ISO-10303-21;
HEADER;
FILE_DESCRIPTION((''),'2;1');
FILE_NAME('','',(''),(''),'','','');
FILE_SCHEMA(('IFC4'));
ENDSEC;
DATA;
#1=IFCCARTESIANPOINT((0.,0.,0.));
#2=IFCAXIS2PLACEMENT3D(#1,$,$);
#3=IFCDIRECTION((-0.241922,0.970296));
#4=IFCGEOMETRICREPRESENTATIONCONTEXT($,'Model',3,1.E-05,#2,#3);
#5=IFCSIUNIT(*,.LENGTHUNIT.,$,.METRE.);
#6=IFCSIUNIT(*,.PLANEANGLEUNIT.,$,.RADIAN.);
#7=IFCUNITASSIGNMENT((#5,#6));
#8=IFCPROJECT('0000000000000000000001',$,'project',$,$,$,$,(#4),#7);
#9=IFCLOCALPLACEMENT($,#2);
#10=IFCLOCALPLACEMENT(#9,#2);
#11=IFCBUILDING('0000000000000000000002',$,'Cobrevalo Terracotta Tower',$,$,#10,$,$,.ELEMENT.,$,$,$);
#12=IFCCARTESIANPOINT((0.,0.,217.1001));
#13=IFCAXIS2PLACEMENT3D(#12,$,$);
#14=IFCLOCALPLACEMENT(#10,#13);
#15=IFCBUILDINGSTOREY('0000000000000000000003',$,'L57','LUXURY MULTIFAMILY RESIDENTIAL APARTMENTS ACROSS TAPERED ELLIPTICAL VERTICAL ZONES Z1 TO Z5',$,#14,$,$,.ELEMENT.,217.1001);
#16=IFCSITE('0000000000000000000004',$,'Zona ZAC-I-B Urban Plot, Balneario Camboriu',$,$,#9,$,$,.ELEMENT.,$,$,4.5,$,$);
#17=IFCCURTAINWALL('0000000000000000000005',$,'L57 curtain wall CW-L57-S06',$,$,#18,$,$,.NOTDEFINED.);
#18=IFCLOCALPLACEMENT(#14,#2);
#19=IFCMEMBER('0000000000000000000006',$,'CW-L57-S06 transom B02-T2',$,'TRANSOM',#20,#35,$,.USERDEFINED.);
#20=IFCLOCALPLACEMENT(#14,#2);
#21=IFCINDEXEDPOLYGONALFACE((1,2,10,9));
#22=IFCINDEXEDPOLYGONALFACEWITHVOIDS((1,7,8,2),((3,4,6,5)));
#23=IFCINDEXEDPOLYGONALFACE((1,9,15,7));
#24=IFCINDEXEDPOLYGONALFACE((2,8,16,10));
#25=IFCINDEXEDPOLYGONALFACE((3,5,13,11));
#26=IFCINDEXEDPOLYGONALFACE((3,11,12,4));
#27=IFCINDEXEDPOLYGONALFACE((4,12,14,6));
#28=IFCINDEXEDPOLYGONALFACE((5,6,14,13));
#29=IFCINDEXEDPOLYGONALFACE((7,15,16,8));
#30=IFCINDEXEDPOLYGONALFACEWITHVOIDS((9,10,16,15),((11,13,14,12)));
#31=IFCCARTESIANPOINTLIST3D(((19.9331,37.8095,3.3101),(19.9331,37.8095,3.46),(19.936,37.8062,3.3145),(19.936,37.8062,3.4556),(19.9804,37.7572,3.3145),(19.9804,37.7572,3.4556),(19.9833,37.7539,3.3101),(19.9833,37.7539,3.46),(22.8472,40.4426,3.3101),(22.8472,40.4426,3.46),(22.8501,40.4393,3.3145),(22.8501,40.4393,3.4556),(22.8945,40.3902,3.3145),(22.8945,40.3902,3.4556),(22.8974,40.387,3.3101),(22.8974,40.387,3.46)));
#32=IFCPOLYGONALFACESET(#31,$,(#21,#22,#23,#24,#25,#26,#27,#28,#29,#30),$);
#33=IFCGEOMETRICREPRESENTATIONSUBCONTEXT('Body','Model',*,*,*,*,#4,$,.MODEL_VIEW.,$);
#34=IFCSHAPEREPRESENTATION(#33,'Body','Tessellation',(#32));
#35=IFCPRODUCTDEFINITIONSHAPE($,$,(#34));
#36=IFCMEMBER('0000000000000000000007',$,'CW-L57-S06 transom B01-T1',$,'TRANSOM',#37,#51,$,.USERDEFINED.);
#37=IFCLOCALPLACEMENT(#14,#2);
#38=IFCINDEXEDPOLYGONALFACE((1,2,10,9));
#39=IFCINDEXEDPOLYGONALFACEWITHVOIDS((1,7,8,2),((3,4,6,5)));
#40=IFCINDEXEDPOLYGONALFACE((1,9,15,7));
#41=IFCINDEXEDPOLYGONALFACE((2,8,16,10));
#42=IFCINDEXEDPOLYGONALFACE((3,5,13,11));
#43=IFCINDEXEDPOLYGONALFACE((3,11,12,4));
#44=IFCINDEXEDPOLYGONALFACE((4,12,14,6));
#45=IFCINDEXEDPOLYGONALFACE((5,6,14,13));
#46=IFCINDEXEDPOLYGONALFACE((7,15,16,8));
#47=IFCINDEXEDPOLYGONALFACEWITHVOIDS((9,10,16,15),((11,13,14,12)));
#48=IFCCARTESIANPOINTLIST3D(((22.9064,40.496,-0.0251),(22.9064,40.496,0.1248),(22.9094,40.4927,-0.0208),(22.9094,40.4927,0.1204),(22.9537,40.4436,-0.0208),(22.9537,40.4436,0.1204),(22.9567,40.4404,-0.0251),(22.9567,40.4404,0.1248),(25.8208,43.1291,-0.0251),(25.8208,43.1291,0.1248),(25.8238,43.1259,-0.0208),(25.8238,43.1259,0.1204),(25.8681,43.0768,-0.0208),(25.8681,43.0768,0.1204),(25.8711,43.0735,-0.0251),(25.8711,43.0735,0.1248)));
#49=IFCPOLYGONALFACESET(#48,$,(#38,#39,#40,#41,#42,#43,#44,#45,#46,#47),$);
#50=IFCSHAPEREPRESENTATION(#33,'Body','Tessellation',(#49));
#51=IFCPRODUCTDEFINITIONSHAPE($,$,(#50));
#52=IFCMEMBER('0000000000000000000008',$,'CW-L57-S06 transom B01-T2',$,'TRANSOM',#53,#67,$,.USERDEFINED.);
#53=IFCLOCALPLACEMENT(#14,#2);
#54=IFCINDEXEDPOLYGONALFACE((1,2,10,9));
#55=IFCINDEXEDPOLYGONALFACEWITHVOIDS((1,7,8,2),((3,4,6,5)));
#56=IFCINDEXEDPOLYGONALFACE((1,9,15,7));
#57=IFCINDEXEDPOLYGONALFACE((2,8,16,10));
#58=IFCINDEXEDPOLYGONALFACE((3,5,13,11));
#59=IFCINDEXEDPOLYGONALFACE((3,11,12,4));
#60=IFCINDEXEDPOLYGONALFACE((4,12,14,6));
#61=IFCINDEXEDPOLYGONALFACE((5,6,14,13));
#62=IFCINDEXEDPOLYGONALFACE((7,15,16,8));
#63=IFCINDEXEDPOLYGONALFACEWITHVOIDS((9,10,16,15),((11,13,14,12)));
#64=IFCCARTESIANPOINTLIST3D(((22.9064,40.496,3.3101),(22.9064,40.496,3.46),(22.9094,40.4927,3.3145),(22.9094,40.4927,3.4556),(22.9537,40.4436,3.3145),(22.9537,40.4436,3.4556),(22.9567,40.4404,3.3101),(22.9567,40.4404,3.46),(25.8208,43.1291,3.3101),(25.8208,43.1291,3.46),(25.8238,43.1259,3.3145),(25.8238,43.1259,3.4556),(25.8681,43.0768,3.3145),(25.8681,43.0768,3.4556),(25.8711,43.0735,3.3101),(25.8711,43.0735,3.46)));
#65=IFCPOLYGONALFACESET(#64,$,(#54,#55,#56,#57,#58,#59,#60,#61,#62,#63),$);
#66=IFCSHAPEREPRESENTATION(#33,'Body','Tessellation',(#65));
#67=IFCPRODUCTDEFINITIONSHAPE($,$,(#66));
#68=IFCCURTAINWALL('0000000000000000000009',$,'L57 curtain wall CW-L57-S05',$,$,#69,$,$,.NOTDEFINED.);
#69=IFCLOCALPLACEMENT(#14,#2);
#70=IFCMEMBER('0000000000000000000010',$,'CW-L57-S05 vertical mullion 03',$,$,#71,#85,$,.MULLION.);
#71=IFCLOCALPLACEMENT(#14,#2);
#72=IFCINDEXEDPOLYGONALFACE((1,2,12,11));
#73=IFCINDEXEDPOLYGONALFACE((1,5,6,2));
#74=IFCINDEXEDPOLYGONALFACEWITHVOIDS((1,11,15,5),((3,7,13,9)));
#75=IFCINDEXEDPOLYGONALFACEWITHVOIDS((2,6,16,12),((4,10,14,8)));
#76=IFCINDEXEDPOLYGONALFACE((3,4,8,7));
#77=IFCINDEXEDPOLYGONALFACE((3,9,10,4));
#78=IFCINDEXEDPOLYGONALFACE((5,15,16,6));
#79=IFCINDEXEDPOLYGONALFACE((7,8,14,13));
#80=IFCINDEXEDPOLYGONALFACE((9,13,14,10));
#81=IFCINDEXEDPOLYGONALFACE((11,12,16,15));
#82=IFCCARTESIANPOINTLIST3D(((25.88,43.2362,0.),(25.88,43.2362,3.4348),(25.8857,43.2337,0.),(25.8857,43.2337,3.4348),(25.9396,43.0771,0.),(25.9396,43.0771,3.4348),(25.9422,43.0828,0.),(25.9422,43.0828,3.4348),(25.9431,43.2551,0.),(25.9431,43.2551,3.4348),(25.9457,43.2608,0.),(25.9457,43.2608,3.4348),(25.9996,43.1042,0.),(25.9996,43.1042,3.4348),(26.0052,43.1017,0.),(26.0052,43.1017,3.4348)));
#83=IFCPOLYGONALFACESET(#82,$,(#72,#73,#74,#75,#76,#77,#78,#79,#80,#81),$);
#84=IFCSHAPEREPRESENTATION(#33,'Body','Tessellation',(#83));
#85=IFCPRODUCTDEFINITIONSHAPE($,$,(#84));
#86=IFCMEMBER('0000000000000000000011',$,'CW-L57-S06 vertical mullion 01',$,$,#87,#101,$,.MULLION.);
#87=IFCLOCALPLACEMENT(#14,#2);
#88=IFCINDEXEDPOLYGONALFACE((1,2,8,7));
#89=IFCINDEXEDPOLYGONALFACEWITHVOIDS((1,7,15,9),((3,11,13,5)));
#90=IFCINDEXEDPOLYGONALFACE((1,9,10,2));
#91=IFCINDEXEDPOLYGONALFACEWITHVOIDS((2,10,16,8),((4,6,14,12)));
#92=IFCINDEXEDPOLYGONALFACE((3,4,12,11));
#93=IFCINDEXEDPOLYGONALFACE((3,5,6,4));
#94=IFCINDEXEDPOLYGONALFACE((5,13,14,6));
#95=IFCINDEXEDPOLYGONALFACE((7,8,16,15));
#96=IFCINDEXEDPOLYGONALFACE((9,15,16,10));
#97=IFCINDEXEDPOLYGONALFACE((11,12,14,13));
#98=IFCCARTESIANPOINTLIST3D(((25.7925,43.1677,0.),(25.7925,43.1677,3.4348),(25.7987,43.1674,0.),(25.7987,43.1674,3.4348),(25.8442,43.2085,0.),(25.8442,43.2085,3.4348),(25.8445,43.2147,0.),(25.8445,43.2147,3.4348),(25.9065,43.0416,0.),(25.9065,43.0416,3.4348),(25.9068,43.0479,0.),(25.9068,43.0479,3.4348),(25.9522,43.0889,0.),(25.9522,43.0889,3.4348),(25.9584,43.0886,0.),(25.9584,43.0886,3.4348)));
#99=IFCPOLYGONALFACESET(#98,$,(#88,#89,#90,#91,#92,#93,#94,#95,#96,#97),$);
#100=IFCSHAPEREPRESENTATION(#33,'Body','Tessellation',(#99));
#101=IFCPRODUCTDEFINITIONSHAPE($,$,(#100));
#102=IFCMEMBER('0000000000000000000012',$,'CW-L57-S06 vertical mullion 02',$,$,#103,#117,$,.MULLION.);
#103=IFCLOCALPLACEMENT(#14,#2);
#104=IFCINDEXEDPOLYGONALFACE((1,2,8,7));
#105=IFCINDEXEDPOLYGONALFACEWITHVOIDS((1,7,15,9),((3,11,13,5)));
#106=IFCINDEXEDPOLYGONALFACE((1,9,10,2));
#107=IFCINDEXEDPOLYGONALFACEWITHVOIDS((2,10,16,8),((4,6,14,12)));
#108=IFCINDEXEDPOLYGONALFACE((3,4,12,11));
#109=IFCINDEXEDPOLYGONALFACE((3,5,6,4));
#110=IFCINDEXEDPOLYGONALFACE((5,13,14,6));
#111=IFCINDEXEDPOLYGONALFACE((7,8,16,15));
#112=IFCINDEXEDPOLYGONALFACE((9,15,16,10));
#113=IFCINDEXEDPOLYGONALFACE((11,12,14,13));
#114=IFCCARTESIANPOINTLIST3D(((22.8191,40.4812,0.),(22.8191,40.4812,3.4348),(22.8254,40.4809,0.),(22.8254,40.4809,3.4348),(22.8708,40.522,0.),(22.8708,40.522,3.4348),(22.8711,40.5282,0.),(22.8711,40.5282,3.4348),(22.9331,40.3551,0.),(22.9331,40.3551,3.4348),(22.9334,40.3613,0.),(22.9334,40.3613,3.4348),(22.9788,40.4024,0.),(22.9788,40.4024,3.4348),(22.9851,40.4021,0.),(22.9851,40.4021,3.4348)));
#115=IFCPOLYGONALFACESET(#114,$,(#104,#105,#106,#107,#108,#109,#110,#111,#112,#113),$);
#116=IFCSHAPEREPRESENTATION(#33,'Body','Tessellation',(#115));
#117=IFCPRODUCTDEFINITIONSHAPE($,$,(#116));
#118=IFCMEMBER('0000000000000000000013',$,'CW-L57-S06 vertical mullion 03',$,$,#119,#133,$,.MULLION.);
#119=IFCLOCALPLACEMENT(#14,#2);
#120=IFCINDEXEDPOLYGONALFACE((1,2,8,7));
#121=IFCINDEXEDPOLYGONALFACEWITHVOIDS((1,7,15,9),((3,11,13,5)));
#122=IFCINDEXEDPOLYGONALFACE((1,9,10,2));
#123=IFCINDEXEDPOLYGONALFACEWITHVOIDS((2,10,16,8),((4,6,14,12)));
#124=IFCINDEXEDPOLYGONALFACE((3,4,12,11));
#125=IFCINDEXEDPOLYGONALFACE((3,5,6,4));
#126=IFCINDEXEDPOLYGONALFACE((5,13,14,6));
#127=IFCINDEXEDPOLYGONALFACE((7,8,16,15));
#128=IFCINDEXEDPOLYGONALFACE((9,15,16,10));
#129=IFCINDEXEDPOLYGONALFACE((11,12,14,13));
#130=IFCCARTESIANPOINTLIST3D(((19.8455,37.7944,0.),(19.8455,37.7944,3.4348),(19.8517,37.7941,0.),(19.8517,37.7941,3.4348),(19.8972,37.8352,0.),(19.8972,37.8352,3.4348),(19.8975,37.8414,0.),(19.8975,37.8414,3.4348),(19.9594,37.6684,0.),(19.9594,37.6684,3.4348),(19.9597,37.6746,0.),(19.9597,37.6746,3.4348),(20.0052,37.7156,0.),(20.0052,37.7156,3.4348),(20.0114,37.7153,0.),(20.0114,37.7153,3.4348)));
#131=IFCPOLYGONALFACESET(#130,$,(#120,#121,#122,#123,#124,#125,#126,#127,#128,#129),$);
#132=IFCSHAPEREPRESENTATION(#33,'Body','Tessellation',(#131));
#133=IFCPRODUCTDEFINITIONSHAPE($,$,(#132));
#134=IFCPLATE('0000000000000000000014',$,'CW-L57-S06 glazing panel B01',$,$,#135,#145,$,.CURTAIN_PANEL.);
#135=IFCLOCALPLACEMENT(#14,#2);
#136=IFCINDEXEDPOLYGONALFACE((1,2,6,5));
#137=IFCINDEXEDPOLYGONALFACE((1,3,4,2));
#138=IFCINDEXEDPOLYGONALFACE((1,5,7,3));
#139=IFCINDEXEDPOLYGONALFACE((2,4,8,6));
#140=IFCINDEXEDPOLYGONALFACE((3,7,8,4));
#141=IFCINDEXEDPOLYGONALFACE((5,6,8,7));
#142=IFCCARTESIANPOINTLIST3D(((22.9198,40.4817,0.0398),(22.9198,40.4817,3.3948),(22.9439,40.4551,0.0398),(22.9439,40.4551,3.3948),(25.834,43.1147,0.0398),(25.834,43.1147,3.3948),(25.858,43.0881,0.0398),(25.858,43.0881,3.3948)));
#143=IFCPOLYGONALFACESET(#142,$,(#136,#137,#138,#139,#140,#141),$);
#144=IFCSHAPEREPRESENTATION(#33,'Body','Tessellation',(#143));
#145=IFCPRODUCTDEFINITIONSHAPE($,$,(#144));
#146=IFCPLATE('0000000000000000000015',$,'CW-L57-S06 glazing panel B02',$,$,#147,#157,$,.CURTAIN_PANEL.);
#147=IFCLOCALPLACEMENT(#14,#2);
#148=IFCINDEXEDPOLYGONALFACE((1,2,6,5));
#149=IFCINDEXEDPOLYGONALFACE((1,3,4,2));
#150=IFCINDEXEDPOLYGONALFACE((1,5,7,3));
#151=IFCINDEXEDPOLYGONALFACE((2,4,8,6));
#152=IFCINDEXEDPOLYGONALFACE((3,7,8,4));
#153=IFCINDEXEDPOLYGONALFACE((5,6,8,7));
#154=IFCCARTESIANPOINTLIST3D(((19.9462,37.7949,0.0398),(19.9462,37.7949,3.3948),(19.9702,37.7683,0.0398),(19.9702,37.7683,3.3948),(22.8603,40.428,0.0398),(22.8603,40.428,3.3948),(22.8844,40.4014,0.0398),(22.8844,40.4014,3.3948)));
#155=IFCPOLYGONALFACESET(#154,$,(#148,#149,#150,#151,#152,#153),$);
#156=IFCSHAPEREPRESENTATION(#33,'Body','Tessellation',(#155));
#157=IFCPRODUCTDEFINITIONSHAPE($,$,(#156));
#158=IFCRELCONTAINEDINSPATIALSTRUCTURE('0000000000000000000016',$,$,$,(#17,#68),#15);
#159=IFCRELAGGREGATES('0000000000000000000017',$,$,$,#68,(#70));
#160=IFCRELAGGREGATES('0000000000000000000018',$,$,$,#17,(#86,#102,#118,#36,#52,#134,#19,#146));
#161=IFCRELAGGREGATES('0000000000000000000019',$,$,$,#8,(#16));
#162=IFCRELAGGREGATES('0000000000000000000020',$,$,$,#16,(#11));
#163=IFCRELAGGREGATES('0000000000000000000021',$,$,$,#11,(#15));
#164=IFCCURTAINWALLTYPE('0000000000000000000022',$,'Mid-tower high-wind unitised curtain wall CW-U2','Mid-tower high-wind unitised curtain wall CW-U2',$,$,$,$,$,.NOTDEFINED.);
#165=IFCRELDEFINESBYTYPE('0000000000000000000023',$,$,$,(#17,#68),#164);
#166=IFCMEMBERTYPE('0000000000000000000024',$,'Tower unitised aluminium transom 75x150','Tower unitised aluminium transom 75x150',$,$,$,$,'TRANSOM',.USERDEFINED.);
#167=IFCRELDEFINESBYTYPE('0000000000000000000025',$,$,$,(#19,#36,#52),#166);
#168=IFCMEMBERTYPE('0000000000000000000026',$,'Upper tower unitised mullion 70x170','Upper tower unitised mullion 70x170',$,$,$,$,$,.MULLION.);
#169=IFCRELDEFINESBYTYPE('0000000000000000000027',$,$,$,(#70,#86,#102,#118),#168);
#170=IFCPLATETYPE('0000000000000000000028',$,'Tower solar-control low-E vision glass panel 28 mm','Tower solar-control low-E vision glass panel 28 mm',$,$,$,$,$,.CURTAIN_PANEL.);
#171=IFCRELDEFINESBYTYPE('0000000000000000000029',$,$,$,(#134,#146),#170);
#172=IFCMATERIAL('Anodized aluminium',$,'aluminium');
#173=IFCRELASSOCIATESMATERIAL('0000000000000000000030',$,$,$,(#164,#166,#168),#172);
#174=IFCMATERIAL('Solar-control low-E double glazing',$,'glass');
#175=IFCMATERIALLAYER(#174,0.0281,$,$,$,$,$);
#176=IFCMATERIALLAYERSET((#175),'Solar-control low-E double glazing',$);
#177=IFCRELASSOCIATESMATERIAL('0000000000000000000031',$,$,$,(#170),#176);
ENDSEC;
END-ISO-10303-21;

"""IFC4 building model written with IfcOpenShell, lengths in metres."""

from ifc_helpers import new_model, si_unit, direction, frame, origin, origin_2d, place, context, subcontext, project, spatial, rectangle, hollow_rectangle, extrude, source, transform, mapped, material, layer, layer_set, material_profile, profile_set, type_object, element, aggregate, save


model = new_model("IFC4")

# Units and contexts
model_context = context("Model", 3, precision=1e-05, world=origin(), true_north=direction((-0.241922, 0.970296)))
body_context = subcontext(model_context, "Body", "Model", "MODEL_VIEW")
ifc_project = project(units=[si_unit("LENGTHUNIT", "METRE"), si_unit("PLANEANGLEUNIT", "RADIAN")], contexts=[model_context])

# Site, building, storey
site_placement = place(None, origin())
site = spatial("IfcSite", under=ifc_project, at=site_placement, Name="Zona ZAC-I-B Urban Plot, Balneario Camboriu", CompositionType="ELEMENT", RefElevation=4.5)
building_placement = place(site_placement, origin())
building = spatial("IfcBuilding", under=site, at=building_placement, Name="Cobrevalo Terracotta Tower", CompositionType="ELEMENT")
storey_placement = place(building_placement, frame((0.0, 0.0, 217.1001)))
storey = spatial("IfcBuildingStorey", under=building, at=storey_placement, Name="L57", Description="LUXURY MULTIFAMILY RESIDENTIAL APARTMENTS ACROSS TAPERED ELLIPTICAL VERTICAL ZONES Z1 TO Z5", CompositionType="ELEMENT", Elevation=217.1001)

# Curtain wall, members
ifc_material_1 = material(Name="Anodized aluminium", Category="aluminium")
curtain_wall_type = type_object("IfcCurtainWallType", Name="Mid-tower high-wind unitised curtain wall CW-U2", Description="Mid-tower high-wind unitised curtain wall CW-U2", PredefinedType="NOTDEFINED", material=ifc_material_1)
curtain_wall_1_placement = place(storey_placement, origin())
curtain_wall_1 = element("IfcCurtainWall", 1, at=curtain_wall_1_placement, inside=storey, type_object=curtain_wall_type, Name="L57 curtain wall CW-L57-S06", PredefinedType="NOTDEFINED")
ifc_material_profile_1 = material_profile(ifc_material_1, hollow_rectangle(XDim=0.075, YDim=0.1499, WallThickness=0.0044, at=origin_2d()), Name="CWT 75x150")
ifc_profile_set_1 = profile_set([ifc_material_profile_1], Name="Anodized aluminium")
member_type_1 = type_object("IfcMemberType", Name="Tower unitised aluminium transom 75x150", Description="Tower unitised aluminium transom 75x150", ElementType="TRANSOM", PredefinedType="USERDEFINED", material=ifc_profile_set_1)
shared_shape_1 = source(origin(), body_context, "Body", "SweptSolid", [
    extrude(hollow_rectangle(XDim=0.075, YDim=0.1499, WallThickness=0.0044, at=origin_2d()), origin(), (0.0, 0.0, 1.0), 3.9275),
])
member_1_placement = place(storey_placement, frame((22.8723, 40.4148, 3.385), z_axis=(-0.741976, -0.670426, 0.0), x_axis=(0.670426, -0.741976, 0.0)))
member_1 = element("IfcMember", 2, at=member_1_placement, type_object=member_type_1, Name="CW-L57-S06 transom B02-T2", ObjectType="TRANSOM", PredefinedType="USERDEFINED", context=body_context, shape_type="MappedRepresentation", body=[
    mapped(shared_shape_1, transform((0.0, 0.0, 0.0), scale=1.0)),
])
shared_shape_2 = source(origin(), body_context, "Body", "SweptSolid", [
    extrude(hollow_rectangle(XDim=0.075, YDim=0.1499, WallThickness=0.0044, at=origin_2d()), origin(), (0.0, 0.0, 1.0), 3.9277),
])
member_2_placement = place(storey_placement, frame((25.8459, 43.1013, 0.0498), z_axis=(-0.742004, -0.670396, 0.0), x_axis=(0.670396, -0.742004, 0.0)))
member_2 = element("IfcMember", 3, at=member_2_placement, type_object=member_type_1, Name="CW-L57-S06 transom B01-T1", ObjectType="TRANSOM", PredefinedType="USERDEFINED", context=body_context, shape_type="MappedRepresentation", body=[
    mapped(shared_shape_2, transform((0.0, 0.0, 0.0), scale=1.0)),
])
member_3_placement = place(storey_placement, frame((25.8459, 43.1013, 3.385), z_axis=(-0.742004, -0.670396, 0.0), x_axis=(0.670396, -0.742004, 0.0)))
member_3 = element("IfcMember", 4, at=member_3_placement, type_object=member_type_1, Name="CW-L57-S06 transom B01-T2", ObjectType="TRANSOM", PredefinedType="USERDEFINED", context=body_context, shape_type="MappedRepresentation", body=[
    mapped(shared_shape_2, transform((0.0, 0.0, 0.0), scale=1.0)),
])

# Curtain wall, member
curtain_wall_2_placement = place(storey_placement, origin())
curtain_wall_2 = element("IfcCurtainWall", 5, at=curtain_wall_2_placement, inside=storey, type_object=curtain_wall_type, Name="L57 curtain wall CW-L57-S05", PredefinedType="NOTDEFINED")
ifc_material_profile_2 = material_profile(ifc_material_1, hollow_rectangle(XDim=0.0701, YDim=0.1699, WallThickness=0.0044, at=origin_2d()), Name="CWM 70x170")
ifc_profile_set_2 = profile_set([ifc_material_profile_2], Name="Anodized aluminium")
member_type_2 = type_object("IfcMemberType", Name="Upper tower unitised mullion 70x170", Description="Upper tower unitised mullion 70x170", PredefinedType="MULLION", material=ifc_profile_set_2)
shared_shape_3 = source(origin(), body_context, "Body", "SweptSolid", [
    extrude(hollow_rectangle(XDim=0.0701, YDim=0.1699, WallThickness=0.0044, at=origin_2d()), origin(), (0.0, 0.0, 1.0), 3.4348),
])
member_4_placement = place(storey_placement, frame((25.9426, 43.1689, 0.0), z_axis=(0.0, 0.0, 1.0), x_axis=(-0.936556, -0.350518, 0.0)))
member_4 = element("IfcMember", 6, at=member_4_placement, type_object=member_type_2, Name="CW-L57-S05 vertical mullion 03", PredefinedType="MULLION", context=body_context, shape_type="MappedRepresentation", body=[
    mapped(shared_shape_3, transform((0.0, 0.0, 0.0), scale=1.0)),
])
aggregate(curtain_wall_2, [member_4])

# Members
member_5_placement = place(storey_placement, frame((25.8755, 43.1282, 0.0), z_axis=(0.0, 0.0, 1.0), x_axis=(-0.741988, -0.670414, 0.0)))
member_5 = element("IfcMember", 7, at=member_5_placement, type_object=member_type_2, Name="CW-L57-S06 vertical mullion 01", PredefinedType="MULLION", context=body_context, shape_type="MappedRepresentation", body=[
    mapped(shared_shape_3, transform((0.0, 0.0, 0.0), scale=1.0)),
])
member_6_placement = place(storey_placement, frame((22.9021, 40.4417, 0.0), z_axis=(0.0, 0.0, 1.0), x_axis=(-0.741988, -0.670414, 0.0)))
member_6 = element("IfcMember", 8, at=member_6_placement, type_object=member_type_2, Name="CW-L57-S06 vertical mullion 02", PredefinedType="MULLION", context=body_context, shape_type="MappedRepresentation", body=[
    mapped(shared_shape_3, transform((0.0, 0.0, 0.0), scale=1.0)),
])
member_7_placement = place(storey_placement, frame((19.9285, 37.7549, 0.0), z_axis=(0.0, 0.0, 1.0), x_axis=(-0.741988, -0.670414, 0.0)))
member_7 = element("IfcMember", 9, at=member_7_placement, type_object=member_type_2, Name="CW-L57-S06 vertical mullion 03", PredefinedType="MULLION", context=body_context, shape_type="MappedRepresentation", body=[
    mapped(shared_shape_3, transform((0.0, 0.0, 0.0), scale=1.0)),
])

# Plates
ifc_material_2 = material(Name="Solar-control low-E double glazing", Category="glass")
ifc_layer_1 = layer(ifc_material_2, 0.0281)
ifc_layer_set_1 = layer_set([ifc_layer_1], Name="Solar-control low-E double glazing")
plate_type = type_object("IfcPlateType", Name="Tower solar-control low-E vision glass panel 28 mm", Description="Tower solar-control low-E vision glass panel 28 mm", PredefinedType="CURTAIN_PANEL", material=ifc_layer_set_1)
shared_shape_4 = source(origin(), body_context, "Body", "SweptSolid", [
    extrude(rectangle(XDim=3.9275, YDim=0.0359, at=origin_2d()), origin(), (0.0, 0.0, 1.0), 3.355),
])
plate_1_placement = place(storey_placement, frame((24.3889, 41.7849, 0.0398), z_axis=(0.0, 0.0, 1.0), x_axis=(-0.741988, -0.670414, 0.0)))
plate_1 = element("IfcPlate", 10, at=plate_1_placement, type_object=plate_type, Name="CW-L57-S06 glazing panel B01", PredefinedType="CURTAIN_PANEL", context=body_context, shape_type="MappedRepresentation", body=[
    mapped(shared_shape_4, transform((0.0, 0.0, 0.0), scale=1.0)),
])
plate_2_placement = place(storey_placement, frame((21.4153, 39.0981, 0.0398), z_axis=(0.0, 0.0, 1.0), x_axis=(-0.741988, -0.670414, 0.0)))
plate_2 = element("IfcPlate", 11, at=plate_2_placement, type_object=plate_type, Name="CW-L57-S06 glazing panel B02", PredefinedType="CURTAIN_PANEL", context=body_context, shape_type="MappedRepresentation", body=[
    mapped(shared_shape_4, transform((0.0, 0.0, 0.0), scale=1.0)),
])
aggregate(curtain_wall_1, [member_5, member_6, member_7, member_2, member_3, plate_1, member_1, plate_2])

save(model, "model.ifc")
